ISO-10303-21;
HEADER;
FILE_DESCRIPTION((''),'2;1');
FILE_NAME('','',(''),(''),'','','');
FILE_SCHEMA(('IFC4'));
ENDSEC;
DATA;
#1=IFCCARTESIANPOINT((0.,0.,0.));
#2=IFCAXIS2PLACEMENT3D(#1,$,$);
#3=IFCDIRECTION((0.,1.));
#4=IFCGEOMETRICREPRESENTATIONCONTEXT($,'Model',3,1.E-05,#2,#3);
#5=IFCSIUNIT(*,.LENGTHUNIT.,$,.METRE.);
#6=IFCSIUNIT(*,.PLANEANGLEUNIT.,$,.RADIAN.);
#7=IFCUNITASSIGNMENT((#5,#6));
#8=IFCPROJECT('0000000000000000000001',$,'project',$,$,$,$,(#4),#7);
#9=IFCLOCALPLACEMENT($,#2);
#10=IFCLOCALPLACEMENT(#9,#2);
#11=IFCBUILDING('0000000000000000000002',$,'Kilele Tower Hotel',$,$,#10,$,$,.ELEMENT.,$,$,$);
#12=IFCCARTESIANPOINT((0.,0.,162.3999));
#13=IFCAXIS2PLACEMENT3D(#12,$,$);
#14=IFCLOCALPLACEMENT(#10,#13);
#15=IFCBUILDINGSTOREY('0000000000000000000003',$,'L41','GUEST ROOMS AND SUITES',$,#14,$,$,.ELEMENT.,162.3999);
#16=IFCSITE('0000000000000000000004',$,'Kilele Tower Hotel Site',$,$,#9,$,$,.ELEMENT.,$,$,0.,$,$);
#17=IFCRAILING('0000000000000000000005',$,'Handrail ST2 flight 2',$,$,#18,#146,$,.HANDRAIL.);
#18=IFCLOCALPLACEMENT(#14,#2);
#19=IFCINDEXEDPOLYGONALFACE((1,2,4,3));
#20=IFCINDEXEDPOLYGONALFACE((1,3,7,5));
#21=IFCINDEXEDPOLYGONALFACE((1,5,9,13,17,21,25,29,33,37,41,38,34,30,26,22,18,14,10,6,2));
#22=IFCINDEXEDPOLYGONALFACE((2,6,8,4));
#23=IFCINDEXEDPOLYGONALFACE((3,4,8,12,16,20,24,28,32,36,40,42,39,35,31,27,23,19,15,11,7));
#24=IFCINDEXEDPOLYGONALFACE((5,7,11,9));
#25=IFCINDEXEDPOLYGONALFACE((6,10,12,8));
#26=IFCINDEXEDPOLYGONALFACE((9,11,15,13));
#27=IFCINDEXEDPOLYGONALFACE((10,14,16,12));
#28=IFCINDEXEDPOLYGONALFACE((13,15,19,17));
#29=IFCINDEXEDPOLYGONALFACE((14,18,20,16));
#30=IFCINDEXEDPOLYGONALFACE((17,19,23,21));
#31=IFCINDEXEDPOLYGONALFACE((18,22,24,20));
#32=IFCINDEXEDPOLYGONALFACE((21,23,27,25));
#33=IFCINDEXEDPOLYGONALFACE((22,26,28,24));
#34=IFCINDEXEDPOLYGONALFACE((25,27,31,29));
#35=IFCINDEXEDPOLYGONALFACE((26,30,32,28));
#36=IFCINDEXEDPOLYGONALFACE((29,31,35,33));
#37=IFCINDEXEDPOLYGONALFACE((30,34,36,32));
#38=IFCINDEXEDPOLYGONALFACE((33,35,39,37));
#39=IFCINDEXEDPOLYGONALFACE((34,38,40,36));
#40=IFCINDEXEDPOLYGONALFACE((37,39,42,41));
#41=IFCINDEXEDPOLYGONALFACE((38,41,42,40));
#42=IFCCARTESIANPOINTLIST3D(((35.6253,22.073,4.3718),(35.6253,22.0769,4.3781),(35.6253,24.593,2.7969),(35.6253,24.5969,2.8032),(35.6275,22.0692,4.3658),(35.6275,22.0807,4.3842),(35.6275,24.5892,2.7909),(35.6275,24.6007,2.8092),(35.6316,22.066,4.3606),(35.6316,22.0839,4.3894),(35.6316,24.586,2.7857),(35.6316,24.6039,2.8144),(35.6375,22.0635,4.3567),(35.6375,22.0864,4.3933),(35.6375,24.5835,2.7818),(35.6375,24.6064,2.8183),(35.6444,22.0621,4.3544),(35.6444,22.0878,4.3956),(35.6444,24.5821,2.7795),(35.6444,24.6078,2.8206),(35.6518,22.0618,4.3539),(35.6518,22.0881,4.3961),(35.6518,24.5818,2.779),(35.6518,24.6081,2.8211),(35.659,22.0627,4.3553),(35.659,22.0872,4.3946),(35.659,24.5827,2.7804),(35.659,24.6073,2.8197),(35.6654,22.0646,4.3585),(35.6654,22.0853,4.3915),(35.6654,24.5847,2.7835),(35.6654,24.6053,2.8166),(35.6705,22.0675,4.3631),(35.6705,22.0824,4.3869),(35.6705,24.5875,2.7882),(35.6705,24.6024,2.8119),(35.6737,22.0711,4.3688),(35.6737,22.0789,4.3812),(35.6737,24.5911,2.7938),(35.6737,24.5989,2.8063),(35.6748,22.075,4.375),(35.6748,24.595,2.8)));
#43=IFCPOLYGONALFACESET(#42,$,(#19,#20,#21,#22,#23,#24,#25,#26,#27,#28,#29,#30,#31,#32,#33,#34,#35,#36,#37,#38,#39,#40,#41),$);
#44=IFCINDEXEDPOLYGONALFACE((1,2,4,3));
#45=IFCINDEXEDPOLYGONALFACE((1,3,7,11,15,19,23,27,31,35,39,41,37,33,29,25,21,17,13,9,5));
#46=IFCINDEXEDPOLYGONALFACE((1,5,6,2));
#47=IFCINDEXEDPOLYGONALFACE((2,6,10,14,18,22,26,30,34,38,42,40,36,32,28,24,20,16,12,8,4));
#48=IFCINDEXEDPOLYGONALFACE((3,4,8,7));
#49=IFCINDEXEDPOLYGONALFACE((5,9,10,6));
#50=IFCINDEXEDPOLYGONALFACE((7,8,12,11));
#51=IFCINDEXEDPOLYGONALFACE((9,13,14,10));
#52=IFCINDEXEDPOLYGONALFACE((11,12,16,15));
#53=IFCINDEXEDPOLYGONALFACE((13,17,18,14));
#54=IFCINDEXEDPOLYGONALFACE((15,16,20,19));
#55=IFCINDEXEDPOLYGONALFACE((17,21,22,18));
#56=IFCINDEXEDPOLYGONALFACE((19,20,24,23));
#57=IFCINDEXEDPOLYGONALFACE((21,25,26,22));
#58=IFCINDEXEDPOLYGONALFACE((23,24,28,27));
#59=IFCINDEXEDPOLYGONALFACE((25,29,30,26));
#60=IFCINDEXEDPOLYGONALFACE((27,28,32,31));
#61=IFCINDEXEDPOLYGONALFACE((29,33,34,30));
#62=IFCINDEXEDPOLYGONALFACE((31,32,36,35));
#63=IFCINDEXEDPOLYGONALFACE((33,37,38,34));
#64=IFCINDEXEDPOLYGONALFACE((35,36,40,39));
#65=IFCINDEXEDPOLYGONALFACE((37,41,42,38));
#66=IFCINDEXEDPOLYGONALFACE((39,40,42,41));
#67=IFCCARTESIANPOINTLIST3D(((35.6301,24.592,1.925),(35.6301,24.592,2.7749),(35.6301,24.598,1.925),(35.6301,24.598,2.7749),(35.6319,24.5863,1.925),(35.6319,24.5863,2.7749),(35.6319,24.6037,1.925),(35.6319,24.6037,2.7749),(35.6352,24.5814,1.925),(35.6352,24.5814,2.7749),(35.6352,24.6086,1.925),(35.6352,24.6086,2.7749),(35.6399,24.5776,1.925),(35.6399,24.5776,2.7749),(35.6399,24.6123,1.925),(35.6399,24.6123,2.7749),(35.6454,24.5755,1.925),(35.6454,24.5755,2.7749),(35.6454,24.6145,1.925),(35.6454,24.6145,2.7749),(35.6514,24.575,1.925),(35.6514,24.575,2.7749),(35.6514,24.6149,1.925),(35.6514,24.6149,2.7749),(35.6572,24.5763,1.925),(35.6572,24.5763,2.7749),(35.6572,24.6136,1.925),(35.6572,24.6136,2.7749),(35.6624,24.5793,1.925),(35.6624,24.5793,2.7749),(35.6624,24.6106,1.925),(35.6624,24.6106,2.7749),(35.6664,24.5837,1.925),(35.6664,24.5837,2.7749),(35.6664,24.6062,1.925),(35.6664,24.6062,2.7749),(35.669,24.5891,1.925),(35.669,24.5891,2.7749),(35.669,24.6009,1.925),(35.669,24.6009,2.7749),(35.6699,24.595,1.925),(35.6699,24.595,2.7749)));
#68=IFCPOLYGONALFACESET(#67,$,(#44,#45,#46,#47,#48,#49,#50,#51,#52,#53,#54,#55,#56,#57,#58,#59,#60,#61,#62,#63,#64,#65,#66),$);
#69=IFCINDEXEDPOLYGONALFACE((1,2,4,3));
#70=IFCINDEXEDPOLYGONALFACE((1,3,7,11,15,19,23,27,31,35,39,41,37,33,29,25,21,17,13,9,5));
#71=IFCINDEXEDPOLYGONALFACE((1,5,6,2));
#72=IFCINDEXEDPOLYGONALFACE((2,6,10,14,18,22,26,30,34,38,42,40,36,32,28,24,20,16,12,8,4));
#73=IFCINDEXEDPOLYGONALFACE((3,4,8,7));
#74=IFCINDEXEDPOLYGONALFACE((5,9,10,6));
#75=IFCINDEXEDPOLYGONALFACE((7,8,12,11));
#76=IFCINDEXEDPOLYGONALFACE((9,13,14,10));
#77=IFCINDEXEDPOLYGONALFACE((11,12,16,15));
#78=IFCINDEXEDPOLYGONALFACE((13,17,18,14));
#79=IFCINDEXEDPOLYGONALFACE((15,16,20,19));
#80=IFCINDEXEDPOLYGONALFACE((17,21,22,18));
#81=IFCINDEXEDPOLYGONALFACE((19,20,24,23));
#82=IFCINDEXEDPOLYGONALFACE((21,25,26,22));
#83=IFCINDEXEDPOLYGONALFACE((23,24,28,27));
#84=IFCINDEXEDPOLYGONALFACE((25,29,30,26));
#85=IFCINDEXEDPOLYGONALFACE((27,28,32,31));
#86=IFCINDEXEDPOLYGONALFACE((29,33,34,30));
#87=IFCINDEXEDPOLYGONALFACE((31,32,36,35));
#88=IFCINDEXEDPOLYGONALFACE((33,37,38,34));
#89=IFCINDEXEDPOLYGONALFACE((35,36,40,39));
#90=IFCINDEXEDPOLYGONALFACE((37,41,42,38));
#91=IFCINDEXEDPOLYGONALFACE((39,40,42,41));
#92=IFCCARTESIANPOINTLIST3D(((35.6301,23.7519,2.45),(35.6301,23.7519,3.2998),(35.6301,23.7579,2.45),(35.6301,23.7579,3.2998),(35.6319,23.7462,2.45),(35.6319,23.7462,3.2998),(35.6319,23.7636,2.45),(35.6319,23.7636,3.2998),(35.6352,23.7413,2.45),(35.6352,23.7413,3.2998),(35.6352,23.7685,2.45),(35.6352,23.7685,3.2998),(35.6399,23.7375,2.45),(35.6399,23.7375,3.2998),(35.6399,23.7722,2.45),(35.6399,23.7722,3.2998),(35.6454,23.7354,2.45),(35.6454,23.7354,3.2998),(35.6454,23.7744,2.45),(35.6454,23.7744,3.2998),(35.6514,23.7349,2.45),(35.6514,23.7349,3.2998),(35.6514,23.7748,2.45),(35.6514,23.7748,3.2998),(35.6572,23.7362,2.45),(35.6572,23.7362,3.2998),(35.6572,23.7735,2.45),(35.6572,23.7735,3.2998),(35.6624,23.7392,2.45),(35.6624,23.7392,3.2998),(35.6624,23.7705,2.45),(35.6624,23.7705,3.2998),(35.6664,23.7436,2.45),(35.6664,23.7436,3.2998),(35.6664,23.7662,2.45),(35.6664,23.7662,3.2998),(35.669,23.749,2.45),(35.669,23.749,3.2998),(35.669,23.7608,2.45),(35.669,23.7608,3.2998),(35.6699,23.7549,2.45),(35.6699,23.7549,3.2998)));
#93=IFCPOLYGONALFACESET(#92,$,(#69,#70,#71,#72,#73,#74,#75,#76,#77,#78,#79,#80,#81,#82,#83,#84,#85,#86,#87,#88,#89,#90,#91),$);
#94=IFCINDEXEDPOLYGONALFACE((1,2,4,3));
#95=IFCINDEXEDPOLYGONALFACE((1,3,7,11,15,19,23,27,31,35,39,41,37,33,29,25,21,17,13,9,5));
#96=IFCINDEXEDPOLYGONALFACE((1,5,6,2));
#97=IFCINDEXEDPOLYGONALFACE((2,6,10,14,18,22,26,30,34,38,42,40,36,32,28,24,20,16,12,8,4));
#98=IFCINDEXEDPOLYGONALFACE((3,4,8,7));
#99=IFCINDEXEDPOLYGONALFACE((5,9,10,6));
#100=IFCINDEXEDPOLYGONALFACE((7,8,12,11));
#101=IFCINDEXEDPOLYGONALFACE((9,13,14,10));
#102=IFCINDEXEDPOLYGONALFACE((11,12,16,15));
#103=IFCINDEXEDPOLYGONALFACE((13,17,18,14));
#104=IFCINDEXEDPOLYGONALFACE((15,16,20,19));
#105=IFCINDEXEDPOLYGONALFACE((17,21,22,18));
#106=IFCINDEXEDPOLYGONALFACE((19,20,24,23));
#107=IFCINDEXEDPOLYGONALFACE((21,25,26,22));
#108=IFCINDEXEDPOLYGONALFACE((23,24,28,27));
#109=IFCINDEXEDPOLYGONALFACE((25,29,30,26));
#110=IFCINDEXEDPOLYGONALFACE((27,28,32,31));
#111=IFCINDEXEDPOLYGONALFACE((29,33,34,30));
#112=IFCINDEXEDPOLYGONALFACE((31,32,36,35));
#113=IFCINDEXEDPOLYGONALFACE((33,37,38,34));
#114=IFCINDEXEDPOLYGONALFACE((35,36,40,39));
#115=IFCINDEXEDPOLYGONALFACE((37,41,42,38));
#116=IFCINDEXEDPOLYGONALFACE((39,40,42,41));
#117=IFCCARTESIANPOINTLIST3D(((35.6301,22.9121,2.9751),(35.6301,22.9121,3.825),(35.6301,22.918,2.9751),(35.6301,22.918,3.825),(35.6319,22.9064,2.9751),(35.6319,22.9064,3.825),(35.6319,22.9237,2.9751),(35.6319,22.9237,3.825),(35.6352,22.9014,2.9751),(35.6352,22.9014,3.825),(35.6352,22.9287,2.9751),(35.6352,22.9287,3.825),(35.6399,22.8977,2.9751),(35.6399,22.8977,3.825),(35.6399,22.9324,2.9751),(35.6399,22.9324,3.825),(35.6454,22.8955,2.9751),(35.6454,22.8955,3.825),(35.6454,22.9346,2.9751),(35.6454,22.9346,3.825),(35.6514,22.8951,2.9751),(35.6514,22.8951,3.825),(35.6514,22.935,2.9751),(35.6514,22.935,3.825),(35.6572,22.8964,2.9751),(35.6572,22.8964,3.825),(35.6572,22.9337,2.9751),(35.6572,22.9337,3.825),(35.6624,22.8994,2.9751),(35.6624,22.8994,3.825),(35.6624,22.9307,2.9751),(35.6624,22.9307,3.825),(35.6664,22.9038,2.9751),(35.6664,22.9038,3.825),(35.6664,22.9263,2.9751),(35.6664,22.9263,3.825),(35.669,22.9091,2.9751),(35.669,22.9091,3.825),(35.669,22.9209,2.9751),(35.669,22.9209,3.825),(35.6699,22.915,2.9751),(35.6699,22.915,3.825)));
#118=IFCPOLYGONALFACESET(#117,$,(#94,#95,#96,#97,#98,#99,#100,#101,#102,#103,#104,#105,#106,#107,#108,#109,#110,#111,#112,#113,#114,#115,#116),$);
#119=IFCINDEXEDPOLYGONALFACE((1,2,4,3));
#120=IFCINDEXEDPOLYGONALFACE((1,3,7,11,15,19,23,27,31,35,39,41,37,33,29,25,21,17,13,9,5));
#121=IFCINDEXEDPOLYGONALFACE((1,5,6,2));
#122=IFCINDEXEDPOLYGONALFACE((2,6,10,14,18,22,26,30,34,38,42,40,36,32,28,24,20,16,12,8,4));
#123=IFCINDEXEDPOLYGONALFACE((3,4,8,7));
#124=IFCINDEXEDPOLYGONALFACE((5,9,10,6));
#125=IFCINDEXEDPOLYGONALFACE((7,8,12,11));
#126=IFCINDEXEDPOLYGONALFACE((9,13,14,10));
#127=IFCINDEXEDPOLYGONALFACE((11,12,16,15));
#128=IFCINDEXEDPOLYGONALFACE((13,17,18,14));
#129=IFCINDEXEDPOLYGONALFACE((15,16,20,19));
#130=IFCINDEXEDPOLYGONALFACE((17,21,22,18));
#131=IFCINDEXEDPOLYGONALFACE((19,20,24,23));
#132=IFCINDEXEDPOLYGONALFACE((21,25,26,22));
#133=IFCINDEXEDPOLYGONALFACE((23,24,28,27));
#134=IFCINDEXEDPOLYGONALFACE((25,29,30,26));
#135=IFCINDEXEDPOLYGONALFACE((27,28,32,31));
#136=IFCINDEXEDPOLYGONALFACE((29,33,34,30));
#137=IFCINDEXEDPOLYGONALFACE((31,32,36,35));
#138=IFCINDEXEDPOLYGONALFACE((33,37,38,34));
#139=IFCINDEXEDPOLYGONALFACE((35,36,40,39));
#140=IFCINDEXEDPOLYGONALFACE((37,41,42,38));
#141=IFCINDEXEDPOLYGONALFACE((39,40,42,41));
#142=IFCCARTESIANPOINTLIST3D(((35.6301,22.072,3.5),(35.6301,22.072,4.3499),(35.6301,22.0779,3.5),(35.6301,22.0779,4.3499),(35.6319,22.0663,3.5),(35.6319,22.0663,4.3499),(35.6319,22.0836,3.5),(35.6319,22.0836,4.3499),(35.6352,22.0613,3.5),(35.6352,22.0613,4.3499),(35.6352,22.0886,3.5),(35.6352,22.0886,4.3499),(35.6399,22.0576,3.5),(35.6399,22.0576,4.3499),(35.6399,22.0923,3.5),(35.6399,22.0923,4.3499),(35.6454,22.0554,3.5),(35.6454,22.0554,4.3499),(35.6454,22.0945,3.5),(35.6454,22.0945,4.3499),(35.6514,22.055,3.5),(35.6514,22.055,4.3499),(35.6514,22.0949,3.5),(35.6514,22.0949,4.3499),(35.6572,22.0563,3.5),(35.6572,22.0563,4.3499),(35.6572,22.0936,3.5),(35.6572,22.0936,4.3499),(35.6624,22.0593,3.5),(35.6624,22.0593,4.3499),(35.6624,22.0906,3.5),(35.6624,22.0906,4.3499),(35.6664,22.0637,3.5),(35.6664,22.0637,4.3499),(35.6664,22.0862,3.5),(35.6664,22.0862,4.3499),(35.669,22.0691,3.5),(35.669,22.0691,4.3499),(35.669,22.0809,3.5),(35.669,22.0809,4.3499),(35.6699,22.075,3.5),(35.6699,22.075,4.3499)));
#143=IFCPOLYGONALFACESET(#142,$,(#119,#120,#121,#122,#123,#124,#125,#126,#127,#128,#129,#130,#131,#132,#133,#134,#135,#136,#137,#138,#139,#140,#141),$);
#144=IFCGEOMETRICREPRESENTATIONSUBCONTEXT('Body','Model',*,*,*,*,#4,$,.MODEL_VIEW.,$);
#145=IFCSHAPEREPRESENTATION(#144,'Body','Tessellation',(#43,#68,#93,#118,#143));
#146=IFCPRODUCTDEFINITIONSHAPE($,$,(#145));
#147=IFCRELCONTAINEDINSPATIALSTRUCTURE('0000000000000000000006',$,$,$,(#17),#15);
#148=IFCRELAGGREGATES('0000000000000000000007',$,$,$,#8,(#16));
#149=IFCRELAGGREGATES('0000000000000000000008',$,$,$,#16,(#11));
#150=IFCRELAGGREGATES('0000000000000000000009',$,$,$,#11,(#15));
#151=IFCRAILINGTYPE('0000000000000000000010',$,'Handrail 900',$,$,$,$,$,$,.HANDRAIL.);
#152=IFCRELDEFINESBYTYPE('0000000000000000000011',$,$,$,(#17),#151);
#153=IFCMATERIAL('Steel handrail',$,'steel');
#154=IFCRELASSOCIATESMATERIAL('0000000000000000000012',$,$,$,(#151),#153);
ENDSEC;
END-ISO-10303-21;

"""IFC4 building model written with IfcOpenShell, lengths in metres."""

from ifc_helpers import new_model, si_unit, direction, frame, origin, origin_2d, place, context, subcontext, project, spatial, circle, extrude, material, type_object, element, save


model = new_model("IFC4")

# Units and contexts
model_context = context("Model", 3, precision=1e-05, world=origin(), true_north=direction((0.0, 1.0)))
body_context = subcontext(model_context, "Body", "Model", "MODEL_VIEW")
ifc_project = project(units=[si_unit("LENGTHUNIT", "METRE"), si_unit("PLANEANGLEUNIT", "RADIAN")], contexts=[model_context])

# Site, building, storey
site_placement = place(None, origin())
site = spatial("IfcSite", under=ifc_project, at=site_placement, Name="Kilele Tower Hotel Site", CompositionType="ELEMENT", RefElevation=0.0)
building_placement = place(site_placement, origin())
building = spatial("IfcBuilding", under=site, at=building_placement, Name="Kilele Tower Hotel", CompositionType="ELEMENT")
storey_placement = place(building_placement, frame((0.0, 0.0, 162.3999)))
storey = spatial("IfcBuildingStorey", under=building, at=storey_placement, Name="L41", Description="GUEST ROOMS AND SUITES", CompositionType="ELEMENT", Elevation=162.3999)

# Railing
ifc_material_1 = material(Name="Steel handrail", Category="steel")
railing_type = type_object("IfcRailingType", Name="Handrail 900", PredefinedType="HANDRAIL", material=ifc_material_1)
railing_placement = place(storey_placement, frame((35.6499, 24.595, 1.925)))
element("IfcRailing", 1, at=railing_placement, inside=storey, type_object=railing_type, Name="Handrail ST2 flight 2", PredefinedType="HANDRAIL", context=body_context, shape_type="SweptSolid", body=[
    extrude(circle(Radius=0.0249, at=origin_2d()), frame((0.0, 0.0, 0.875), z_axis=(0.0, -0.848008, 0.529984), x_axis=(1.0, 0.0, 0.0)), (0.0, 0.0, 1.0), 2.9717),
    extrude(circle(Radius=0.02, at=origin_2d()), origin(), (0.0, 0.0, 1.0), 0.8499),
    extrude(circle(Radius=0.02, at=origin_2d()), frame((0.0, -0.8401, 0.5249)), (0.0, 0.0, 1.0), 0.8499),
    extrude(circle(Radius=0.02, at=origin_2d()), frame((0.0, -1.6799, 1.05)), (0.0, 0.0, 1.0), 0.8499),
    extrude(circle(Radius=0.02, at=origin_2d()), frame((0.0, -2.52, 1.575)), (0.0, 0.0, 1.0), 0.8499),
])

save(model, "model.ifc")
